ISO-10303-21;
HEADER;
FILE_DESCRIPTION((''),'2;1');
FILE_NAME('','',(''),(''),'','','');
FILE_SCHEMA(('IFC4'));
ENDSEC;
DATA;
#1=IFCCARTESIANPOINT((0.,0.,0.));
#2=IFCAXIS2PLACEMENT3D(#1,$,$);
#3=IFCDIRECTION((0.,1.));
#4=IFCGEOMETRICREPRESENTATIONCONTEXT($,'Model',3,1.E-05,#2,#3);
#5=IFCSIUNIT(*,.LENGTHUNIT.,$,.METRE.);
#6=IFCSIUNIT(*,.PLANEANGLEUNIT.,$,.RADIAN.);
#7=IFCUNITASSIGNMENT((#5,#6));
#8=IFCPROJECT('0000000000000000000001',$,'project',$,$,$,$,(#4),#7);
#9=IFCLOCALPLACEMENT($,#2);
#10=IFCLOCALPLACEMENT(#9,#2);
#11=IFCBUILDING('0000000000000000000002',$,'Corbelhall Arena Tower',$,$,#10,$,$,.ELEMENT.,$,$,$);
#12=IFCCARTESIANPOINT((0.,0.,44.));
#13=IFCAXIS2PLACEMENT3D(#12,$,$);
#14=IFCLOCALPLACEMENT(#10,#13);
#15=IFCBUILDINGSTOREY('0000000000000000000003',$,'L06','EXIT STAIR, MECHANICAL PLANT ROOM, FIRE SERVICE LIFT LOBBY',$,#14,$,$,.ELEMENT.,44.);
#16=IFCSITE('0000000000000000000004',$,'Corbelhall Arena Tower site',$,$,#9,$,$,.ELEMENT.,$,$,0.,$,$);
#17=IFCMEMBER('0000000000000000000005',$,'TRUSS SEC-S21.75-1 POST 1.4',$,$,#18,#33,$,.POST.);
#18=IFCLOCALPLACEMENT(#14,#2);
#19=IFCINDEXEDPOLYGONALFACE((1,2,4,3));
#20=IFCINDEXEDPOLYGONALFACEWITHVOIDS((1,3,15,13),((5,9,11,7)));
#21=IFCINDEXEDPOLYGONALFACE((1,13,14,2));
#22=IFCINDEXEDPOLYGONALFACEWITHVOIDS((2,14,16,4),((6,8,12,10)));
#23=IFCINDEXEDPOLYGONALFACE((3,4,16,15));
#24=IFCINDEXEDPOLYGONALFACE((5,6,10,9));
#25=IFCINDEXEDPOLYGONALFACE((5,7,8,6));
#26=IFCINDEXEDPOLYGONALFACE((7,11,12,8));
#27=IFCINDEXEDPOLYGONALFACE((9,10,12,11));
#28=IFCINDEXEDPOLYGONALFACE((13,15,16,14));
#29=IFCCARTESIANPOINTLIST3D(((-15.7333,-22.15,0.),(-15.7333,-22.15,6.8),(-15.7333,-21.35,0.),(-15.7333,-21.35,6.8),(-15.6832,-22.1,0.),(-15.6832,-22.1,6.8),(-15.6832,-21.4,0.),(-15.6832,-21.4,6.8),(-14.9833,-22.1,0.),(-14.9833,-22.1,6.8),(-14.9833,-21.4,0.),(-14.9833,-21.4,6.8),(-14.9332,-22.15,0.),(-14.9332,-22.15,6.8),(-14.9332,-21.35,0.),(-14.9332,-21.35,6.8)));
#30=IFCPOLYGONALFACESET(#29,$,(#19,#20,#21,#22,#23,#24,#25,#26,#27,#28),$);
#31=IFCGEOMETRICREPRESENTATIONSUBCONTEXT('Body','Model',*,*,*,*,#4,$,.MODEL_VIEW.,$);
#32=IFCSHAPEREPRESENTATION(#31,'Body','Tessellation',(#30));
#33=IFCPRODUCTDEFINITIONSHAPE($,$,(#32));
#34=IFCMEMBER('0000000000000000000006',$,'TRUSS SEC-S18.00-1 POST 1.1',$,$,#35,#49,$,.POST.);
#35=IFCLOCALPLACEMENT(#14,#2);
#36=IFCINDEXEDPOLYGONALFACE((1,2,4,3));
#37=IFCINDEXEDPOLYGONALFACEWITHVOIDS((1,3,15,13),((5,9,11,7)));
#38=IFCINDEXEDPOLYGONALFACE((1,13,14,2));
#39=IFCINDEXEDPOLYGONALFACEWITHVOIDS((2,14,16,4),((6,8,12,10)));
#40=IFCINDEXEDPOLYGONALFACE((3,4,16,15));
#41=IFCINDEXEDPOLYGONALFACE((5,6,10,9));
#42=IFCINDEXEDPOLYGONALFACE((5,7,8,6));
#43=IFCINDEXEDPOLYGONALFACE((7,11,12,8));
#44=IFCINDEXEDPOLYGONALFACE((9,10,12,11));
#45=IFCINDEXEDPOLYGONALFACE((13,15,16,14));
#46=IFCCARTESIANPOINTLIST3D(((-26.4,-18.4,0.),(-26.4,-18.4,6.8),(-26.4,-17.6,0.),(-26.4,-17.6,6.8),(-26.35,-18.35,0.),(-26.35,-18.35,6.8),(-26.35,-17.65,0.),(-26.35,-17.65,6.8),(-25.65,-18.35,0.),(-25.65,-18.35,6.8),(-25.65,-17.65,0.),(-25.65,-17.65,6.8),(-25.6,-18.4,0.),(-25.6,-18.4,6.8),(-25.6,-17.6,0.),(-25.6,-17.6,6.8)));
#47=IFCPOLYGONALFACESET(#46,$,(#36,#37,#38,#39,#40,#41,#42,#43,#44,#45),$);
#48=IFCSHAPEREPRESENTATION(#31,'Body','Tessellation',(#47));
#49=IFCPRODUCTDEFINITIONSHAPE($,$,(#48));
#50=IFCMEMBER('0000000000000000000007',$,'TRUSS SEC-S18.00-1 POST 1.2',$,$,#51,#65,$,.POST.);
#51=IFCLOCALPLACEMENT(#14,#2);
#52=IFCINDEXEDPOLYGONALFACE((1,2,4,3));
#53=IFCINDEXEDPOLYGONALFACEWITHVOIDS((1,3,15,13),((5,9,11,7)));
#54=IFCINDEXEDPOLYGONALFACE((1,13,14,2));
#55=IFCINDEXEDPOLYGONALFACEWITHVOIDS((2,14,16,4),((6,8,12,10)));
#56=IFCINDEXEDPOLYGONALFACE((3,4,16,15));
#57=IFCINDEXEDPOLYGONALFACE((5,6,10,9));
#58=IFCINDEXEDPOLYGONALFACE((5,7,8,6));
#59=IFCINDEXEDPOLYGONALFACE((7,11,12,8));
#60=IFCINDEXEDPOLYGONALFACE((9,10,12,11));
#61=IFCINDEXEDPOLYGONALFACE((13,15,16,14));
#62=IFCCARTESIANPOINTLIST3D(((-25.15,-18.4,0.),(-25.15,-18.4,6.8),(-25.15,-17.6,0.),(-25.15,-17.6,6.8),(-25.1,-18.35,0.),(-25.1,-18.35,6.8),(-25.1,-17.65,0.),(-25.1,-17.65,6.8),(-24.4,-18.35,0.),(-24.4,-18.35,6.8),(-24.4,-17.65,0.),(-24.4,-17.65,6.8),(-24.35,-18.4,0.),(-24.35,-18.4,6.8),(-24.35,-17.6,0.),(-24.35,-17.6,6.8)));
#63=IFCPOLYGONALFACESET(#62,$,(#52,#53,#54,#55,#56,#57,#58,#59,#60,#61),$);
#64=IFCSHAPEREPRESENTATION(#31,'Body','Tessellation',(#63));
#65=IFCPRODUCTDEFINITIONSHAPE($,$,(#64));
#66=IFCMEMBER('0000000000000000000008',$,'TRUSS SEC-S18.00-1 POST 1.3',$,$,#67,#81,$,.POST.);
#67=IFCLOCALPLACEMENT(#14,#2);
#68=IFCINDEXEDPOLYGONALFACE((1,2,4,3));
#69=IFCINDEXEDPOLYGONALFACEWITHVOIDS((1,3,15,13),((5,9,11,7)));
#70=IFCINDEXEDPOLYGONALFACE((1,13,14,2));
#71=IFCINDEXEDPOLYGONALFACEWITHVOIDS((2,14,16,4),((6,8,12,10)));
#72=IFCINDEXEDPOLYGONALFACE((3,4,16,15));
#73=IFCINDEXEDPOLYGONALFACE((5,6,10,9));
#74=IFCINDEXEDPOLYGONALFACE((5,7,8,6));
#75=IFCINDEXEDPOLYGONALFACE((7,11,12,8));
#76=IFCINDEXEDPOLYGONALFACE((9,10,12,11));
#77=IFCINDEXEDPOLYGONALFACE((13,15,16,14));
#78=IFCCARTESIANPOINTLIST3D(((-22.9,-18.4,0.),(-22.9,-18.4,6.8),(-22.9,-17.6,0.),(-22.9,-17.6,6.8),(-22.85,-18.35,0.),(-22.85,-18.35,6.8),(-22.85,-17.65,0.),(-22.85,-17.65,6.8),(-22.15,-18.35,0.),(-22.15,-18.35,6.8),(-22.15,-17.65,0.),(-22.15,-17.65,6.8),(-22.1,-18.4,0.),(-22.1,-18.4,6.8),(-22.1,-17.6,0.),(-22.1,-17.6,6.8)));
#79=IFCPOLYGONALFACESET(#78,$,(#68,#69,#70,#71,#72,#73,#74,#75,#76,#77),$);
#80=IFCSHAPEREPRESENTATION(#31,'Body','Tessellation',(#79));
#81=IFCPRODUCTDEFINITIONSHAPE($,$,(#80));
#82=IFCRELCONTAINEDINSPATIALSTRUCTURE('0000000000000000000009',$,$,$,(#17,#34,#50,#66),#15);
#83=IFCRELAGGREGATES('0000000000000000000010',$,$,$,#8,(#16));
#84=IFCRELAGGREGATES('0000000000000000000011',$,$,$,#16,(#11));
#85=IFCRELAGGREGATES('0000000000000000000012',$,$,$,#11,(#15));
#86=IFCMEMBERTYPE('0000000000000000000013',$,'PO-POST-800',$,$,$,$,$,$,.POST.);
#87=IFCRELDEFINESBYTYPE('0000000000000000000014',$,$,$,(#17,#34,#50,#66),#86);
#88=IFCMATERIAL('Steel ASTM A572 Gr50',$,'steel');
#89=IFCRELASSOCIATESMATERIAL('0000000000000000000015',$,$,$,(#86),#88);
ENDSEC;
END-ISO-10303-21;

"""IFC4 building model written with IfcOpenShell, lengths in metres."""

from ifc_helpers import new_model, si_unit, direction, frame, origin, origin_2d, place, context, subcontext, project, spatial, hollow_rectangle, extrude, material, material_profile, profile_set, type_object, element, save


model = new_model("IFC4")

# Units and contexts
model_context = context("Model", 3, precision=1e-05, world=origin(), true_north=direction((0.0, 1.0)))
body_context = subcontext(model_context, "Body", "Model", "MODEL_VIEW")
ifc_project = project(units=[si_unit("LENGTHUNIT", "METRE"), si_unit("PLANEANGLEUNIT", "RADIAN")], contexts=[model_context])

# Site, building, storey
site_placement = place(None, origin())
site = spatial("IfcSite", under=ifc_project, at=site_placement, Name="Corbelhall Arena Tower site", CompositionType="ELEMENT", RefElevation=0.0)
building_placement = place(site_placement, origin())
building = spatial("IfcBuilding", under=site, at=building_placement, Name="Corbelhall Arena Tower", CompositionType="ELEMENT")
storey_placement = place(building_placement, frame((0.0, 0.0, 44.0)))
storey = spatial("IfcBuildingStorey", under=building, at=storey_placement, Name="L06", Description="EXIT STAIR, MECHANICAL PLANT ROOM, FIRE SERVICE LIFT LOBBY", CompositionType="ELEMENT", Elevation=44.0)

# Members
ifc_material_1 = material(Name="Steel ASTM A572 Gr50", Category="steel")
ifc_material_profile_1 = material_profile(ifc_material_1, hollow_rectangle(XDim=0.8, YDim=0.8, WallThickness=0.05, at=origin_2d()))
ifc_profile_set_1 = profile_set([ifc_material_profile_1], Name="Steel ASTM A572 Gr50")
member_type_1 = type_object("IfcMemberType", Name="PO-POST-800", PredefinedType="POST", material=ifc_profile_set_1)
for number, where, z_axis, x_axis, name in (
    (1, (-15.3333, -21.75, 0.0), (0.0, 0.0, 1.0), (1.0, 0.0, 0.0), "TRUSS SEC-S21.75-1 POST 1.4"),
    (2, (-26.0, -18.0, 0.0), (0.0, 0.0, 1.0), (1.0, 0.0, 0.0), "TRUSS SEC-S18.00-1 POST 1.1"),
    (3, (-24.75, -18.0, 0.0), (0.0, 0.0, 1.0), (1.0, 0.0, 0.0), "TRUSS SEC-S18.00-1 POST 1.2"),
    (4, (-22.5, -18.0, 0.0), (0.0, 0.0, 1.0), (1.0, 0.0, 0.0), "TRUSS SEC-S18.00-1 POST 1.3"),
):
    element("IfcMember", number, at=place(storey_placement, frame(where, z_axis=z_axis, x_axis=x_axis)), inside=storey, type_object=member_type_1, Name=name, PredefinedType="POST", context=body_context, shape_type="SweptSolid", body=[
        extrude(hollow_rectangle(XDim=0.8, YDim=0.8, WallThickness=0.05, at=origin_2d()), origin(), (0.0, 0.0, 1.0), 6.8),
    ])

save(model, "model.ifc")
